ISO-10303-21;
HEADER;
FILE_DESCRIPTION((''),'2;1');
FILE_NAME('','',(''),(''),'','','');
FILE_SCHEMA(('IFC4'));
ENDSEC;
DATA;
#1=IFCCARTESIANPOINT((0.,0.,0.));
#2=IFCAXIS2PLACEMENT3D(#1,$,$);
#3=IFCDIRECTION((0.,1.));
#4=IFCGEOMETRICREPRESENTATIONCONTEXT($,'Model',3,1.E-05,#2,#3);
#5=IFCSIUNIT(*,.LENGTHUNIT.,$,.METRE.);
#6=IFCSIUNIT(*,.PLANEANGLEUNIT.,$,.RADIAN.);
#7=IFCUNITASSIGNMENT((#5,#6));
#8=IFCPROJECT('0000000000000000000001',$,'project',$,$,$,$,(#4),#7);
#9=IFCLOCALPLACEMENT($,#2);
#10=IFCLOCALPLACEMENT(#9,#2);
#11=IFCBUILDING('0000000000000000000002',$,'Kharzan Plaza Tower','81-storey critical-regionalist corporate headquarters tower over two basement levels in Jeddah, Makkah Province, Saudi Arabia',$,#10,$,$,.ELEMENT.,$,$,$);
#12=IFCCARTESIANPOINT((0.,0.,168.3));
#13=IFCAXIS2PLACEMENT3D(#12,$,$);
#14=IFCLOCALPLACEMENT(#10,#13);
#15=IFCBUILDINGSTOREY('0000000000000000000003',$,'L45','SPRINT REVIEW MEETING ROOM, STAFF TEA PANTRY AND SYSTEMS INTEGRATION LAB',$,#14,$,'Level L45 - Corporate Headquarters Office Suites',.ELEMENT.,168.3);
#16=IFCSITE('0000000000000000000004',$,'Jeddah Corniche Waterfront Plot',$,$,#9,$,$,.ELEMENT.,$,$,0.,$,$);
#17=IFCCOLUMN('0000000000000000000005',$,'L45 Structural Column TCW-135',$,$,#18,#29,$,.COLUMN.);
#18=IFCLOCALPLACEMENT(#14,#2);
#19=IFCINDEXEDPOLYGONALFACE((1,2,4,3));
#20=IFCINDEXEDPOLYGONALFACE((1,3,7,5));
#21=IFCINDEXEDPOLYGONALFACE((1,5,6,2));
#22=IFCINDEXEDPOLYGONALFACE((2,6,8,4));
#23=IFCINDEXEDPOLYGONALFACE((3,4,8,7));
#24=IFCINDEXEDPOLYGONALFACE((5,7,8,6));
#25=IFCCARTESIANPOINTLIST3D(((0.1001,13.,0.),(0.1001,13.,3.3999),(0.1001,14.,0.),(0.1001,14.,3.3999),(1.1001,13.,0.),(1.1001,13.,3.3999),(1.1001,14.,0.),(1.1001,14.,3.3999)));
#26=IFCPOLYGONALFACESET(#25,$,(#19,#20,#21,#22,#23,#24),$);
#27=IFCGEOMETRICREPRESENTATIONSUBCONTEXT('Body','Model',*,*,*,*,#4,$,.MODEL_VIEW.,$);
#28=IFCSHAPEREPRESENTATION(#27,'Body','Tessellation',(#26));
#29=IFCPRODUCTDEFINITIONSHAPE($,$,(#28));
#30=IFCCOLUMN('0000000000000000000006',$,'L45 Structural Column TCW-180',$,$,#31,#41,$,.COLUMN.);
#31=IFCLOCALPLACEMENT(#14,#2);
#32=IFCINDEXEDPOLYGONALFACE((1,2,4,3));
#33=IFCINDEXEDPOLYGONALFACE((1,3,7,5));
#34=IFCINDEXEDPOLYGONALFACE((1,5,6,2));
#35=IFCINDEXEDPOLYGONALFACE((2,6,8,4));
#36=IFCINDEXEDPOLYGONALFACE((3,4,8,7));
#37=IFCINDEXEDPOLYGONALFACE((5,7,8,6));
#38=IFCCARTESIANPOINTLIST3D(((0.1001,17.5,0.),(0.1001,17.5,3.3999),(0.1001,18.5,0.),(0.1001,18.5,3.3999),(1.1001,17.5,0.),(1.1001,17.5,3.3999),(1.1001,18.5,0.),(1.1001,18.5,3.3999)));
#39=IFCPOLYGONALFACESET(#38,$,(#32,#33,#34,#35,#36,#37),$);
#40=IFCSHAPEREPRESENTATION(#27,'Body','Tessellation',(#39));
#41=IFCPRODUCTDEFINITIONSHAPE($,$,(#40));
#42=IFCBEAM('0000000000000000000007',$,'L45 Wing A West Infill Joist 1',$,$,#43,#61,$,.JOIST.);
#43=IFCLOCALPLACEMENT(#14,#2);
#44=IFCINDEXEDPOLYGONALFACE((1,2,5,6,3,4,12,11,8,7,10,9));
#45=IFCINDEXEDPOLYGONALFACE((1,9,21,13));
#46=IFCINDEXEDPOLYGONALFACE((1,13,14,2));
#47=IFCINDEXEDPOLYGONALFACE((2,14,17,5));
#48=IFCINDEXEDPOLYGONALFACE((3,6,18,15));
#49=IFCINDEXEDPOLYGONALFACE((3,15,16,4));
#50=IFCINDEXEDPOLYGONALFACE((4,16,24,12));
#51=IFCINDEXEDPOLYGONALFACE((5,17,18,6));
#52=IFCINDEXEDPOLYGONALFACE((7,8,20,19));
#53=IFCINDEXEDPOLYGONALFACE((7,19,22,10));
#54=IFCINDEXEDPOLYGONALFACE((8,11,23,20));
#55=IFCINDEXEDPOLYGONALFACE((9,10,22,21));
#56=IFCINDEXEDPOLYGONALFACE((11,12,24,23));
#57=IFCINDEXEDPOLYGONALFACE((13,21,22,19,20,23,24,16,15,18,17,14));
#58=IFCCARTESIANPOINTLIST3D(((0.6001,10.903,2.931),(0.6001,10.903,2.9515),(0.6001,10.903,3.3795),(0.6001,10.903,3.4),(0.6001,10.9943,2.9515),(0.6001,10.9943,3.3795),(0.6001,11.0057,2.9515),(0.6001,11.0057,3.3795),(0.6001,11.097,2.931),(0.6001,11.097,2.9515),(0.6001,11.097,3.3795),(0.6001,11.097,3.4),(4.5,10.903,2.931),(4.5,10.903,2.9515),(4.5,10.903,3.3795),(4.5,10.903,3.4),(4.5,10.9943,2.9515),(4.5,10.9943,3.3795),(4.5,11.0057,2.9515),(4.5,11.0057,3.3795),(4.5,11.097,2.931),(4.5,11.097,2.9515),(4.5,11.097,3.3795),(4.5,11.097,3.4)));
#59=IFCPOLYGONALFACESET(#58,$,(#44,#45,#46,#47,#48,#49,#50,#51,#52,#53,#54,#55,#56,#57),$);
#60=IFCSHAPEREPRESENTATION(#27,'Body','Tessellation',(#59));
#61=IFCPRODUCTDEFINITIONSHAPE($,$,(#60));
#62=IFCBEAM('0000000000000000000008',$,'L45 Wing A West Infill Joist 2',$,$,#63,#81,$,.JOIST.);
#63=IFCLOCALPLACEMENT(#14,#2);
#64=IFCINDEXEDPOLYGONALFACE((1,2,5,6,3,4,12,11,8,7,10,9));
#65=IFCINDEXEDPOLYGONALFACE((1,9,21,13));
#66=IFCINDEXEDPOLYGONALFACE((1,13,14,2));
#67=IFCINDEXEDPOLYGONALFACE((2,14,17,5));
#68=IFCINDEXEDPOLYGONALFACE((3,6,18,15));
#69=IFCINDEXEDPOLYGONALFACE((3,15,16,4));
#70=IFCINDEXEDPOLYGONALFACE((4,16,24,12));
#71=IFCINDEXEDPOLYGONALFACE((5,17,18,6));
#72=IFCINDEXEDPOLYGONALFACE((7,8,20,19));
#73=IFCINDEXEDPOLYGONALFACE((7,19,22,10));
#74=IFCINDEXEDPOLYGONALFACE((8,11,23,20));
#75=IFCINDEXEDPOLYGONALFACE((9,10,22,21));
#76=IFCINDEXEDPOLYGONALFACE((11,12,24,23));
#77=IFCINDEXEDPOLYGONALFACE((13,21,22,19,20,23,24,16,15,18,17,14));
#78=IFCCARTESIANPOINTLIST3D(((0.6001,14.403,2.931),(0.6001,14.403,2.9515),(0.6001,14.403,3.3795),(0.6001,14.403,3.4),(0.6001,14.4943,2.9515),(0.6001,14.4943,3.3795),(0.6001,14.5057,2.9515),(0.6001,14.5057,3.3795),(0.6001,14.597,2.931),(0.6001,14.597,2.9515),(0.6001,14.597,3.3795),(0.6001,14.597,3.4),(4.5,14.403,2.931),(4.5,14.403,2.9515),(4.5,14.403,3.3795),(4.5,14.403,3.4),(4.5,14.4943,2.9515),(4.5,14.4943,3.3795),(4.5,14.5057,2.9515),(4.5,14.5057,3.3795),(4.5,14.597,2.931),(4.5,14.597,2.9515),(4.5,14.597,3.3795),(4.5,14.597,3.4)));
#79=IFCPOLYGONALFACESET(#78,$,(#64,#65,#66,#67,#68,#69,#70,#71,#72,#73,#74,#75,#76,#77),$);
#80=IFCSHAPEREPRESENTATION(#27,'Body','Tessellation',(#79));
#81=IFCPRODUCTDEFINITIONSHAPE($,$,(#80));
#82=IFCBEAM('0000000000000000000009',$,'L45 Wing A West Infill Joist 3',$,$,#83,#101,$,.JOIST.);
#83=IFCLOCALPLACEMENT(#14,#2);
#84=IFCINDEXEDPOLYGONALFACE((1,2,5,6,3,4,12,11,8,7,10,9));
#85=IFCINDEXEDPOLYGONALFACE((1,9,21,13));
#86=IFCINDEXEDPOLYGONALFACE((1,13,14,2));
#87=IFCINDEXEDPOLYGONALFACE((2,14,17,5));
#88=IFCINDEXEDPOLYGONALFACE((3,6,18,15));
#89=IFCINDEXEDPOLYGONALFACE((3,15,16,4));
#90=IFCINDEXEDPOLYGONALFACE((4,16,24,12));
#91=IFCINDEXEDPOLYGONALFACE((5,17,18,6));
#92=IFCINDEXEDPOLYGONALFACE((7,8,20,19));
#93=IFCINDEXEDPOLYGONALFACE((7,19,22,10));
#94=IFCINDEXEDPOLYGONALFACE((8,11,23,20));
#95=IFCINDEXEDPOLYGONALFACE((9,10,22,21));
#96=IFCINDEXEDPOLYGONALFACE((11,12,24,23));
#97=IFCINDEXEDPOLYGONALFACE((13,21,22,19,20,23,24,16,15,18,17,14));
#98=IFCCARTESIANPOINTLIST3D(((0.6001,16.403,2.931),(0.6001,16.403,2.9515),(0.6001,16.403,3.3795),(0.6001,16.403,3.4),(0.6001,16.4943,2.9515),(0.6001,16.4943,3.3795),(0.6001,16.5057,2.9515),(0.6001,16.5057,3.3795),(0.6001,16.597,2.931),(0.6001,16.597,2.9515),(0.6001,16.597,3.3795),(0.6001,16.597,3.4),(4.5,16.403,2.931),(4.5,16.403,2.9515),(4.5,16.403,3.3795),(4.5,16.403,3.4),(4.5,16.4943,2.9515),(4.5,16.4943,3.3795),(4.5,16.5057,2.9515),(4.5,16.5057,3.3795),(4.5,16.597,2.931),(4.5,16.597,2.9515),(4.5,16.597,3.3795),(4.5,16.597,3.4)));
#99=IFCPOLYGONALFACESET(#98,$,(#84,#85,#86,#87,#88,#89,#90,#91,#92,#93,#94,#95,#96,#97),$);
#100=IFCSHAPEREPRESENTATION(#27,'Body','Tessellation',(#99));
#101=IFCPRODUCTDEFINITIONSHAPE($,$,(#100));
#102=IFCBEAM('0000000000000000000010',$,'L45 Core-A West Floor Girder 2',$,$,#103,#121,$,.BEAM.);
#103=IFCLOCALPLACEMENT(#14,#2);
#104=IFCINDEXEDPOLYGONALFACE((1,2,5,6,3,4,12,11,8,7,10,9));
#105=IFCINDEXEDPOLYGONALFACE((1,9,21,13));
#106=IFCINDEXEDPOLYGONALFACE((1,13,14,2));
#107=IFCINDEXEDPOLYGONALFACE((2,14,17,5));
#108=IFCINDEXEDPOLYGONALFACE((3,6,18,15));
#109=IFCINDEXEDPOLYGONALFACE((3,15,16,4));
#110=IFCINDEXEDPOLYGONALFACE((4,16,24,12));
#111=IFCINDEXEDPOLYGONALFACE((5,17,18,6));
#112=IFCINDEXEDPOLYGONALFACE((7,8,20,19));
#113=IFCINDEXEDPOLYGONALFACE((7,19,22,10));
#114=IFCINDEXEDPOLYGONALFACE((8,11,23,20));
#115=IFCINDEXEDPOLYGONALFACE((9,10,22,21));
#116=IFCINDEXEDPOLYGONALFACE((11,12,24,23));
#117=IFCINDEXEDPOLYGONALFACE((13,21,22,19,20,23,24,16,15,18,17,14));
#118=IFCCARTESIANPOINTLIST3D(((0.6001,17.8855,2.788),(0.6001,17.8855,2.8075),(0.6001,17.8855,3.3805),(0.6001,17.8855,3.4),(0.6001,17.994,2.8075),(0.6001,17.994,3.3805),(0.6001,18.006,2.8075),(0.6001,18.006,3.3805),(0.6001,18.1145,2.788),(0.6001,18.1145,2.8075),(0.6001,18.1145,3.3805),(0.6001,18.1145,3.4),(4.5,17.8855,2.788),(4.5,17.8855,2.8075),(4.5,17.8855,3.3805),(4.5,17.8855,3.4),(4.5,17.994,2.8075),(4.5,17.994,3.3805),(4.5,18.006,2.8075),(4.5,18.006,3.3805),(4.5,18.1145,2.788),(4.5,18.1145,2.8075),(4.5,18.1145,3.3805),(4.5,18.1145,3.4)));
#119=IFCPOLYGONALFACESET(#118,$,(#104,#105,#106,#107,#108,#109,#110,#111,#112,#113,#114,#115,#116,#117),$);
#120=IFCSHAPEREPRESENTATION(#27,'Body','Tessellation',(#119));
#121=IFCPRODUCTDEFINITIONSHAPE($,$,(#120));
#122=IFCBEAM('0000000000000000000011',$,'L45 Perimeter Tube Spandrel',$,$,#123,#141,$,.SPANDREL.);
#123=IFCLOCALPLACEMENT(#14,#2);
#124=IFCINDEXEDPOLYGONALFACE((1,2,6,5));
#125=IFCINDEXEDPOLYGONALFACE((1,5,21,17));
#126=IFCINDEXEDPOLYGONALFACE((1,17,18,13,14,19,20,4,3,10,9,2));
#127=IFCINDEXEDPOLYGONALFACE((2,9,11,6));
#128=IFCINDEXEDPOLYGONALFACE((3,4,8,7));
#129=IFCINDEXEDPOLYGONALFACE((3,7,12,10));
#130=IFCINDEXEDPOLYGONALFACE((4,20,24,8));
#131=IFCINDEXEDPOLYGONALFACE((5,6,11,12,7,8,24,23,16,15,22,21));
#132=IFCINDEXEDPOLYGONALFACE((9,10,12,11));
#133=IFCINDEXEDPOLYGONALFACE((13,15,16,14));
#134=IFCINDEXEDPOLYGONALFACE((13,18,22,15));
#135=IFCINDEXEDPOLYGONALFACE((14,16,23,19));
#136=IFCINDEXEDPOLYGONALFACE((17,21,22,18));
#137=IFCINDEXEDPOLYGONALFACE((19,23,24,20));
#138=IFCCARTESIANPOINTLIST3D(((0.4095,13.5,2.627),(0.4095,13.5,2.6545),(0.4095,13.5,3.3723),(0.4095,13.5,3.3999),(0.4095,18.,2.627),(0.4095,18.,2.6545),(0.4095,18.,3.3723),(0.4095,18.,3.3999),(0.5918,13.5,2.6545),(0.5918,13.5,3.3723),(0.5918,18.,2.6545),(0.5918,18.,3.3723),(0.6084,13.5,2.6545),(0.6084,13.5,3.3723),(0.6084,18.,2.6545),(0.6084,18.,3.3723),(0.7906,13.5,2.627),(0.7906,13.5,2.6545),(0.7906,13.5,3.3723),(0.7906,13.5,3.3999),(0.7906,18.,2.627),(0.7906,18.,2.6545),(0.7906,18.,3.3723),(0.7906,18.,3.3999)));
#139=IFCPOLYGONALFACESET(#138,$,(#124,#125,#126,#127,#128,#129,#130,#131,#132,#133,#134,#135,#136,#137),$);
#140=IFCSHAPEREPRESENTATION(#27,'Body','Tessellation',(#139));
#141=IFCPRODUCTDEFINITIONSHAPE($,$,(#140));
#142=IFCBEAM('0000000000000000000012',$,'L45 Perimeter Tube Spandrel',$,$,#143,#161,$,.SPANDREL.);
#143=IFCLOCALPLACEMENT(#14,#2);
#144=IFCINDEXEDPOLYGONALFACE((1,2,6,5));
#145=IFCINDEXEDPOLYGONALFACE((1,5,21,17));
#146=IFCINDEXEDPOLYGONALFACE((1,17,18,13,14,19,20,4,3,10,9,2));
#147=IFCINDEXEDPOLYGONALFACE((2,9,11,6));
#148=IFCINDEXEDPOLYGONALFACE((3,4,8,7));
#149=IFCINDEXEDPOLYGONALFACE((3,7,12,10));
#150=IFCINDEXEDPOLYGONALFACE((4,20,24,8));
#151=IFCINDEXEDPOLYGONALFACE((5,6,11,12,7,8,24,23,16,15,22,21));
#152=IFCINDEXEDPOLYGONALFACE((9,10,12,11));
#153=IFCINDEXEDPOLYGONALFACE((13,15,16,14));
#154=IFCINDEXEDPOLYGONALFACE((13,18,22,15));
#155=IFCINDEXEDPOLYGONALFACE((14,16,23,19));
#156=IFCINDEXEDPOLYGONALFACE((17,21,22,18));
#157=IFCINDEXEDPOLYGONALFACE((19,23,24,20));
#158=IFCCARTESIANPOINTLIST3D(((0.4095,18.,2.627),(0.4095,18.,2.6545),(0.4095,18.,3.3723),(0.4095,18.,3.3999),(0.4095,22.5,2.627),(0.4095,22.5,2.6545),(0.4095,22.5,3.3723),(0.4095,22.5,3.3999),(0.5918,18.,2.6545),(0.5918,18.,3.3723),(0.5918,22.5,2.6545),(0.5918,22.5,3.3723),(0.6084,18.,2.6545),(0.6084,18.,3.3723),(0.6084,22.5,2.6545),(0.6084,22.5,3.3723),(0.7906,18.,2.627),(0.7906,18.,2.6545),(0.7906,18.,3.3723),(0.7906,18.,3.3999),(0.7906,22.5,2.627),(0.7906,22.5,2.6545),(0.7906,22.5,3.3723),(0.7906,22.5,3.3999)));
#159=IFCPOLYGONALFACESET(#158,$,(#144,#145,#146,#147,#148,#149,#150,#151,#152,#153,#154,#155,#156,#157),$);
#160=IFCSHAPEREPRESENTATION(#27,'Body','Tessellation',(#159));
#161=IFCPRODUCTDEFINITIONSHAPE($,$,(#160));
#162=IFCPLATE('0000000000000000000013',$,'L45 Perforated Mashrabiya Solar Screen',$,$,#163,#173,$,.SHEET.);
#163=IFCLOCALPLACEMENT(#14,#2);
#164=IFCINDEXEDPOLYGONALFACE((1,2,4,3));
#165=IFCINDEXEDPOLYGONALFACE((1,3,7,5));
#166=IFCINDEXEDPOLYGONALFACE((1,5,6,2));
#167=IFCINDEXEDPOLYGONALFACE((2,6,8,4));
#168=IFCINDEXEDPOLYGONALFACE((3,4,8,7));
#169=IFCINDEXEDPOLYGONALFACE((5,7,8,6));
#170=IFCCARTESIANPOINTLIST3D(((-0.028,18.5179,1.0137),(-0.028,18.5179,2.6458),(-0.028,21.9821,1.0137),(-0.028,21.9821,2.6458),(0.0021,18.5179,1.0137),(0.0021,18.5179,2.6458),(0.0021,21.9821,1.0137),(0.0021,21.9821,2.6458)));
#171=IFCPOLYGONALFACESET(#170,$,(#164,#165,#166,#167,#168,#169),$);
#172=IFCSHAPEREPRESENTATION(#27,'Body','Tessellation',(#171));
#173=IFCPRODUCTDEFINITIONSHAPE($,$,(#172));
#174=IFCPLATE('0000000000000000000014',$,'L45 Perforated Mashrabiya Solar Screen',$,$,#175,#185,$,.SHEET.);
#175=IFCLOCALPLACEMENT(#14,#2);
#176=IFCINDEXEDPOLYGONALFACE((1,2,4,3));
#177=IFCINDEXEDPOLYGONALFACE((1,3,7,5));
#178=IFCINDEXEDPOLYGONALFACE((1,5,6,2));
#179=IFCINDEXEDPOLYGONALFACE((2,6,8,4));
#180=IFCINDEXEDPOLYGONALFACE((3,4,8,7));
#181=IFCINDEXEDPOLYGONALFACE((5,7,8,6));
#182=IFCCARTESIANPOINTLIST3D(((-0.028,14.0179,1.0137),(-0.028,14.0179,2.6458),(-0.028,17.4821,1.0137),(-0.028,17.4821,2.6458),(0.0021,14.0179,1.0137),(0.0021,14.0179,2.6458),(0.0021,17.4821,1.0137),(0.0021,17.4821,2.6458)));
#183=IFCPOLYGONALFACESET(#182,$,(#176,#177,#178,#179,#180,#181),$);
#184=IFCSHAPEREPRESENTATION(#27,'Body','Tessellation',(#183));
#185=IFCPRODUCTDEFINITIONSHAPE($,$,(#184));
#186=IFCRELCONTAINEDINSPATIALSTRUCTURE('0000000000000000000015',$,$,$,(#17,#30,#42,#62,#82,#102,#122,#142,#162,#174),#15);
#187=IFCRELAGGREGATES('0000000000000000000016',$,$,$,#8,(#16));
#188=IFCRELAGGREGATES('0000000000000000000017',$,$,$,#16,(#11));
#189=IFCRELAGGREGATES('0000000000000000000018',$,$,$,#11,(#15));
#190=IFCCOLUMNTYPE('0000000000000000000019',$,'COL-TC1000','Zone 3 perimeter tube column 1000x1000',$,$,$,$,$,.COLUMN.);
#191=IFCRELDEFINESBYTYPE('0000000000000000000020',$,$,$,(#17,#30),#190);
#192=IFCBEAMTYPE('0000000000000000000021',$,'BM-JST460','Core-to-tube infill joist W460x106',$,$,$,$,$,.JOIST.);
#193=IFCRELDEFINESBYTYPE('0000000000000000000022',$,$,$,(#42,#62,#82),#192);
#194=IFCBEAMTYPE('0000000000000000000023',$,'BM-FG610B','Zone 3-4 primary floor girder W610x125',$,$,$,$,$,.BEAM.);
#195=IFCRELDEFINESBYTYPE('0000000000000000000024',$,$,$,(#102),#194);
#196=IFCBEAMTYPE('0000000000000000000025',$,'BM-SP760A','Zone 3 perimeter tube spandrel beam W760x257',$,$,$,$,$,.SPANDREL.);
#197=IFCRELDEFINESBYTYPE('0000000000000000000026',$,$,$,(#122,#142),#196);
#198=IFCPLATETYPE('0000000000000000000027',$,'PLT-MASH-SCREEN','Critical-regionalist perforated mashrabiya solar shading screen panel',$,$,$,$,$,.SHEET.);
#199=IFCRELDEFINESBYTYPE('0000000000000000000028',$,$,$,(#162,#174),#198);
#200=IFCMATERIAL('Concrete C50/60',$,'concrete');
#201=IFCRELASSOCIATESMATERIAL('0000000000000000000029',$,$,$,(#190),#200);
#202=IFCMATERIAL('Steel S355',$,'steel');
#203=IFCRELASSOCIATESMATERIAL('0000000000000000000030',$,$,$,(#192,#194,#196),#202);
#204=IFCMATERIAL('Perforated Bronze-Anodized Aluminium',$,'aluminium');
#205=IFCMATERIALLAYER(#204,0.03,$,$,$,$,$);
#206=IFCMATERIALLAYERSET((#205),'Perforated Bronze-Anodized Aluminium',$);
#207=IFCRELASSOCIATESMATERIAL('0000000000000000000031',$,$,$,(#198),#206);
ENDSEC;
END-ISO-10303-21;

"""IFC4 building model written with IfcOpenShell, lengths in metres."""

from ifc_helpers import new_model, si_unit, direction, frame, origin, origin_2d, place, context, subcontext, project, spatial, rectangle, i_section, extrude, source, transform, mapped, material, layer, layer_set, material_profile, profile_set, type_object, element, save


model = new_model("IFC4")

# Units and contexts
model_context = context("Model", 3, precision=1e-05, world=origin(), true_north=direction((0.0, 1.0)))
body_context = subcontext(model_context, "Body", "Model", "MODEL_VIEW")
ifc_project = project(units=[si_unit("LENGTHUNIT", "METRE"), si_unit("PLANEANGLEUNIT", "RADIAN")], contexts=[model_context])

# Site, building, storey
site_placement = place(None, origin())
site = spatial("IfcSite", under=ifc_project, at=site_placement, Name="Jeddah Corniche Waterfront Plot", CompositionType="ELEMENT", RefElevation=0.0)
building_placement = place(site_placement, origin())
building = spatial("IfcBuilding", under=site, at=building_placement, Name="Kharzan Plaza Tower", Description="81-storey critical-regionalist corporate headquarters tower over two basement levels in Jeddah, Makkah Province, Saudi Arabia", CompositionType="ELEMENT")
storey_placement = place(building_placement, frame((0.0, 0.0, 168.3)))
storey = spatial("IfcBuildingStorey", under=building, at=storey_placement, Name="L45", Description="SPRINT REVIEW MEETING ROOM, STAFF TEA PANTRY AND SYSTEMS INTEGRATION LAB", LongName="Level L45 - Corporate Headquarters Office Suites", CompositionType="ELEMENT", Elevation=168.3)

# Columns
ifc_material_1 = material(Name="Concrete C50/60", Category="concrete")
ifc_material_profile_1 = material_profile(ifc_material_1, rectangle(XDim=1.0, YDim=1.0, at=origin_2d()), Name="RC-TC1000x1000")
ifc_profile_set_1 = profile_set([ifc_material_profile_1], Name="Concrete C50/60")
column_type = type_object("IfcColumnType", Name="COL-TC1000", Description="Zone 3 perimeter tube column 1000x1000", PredefinedType="COLUMN", material=ifc_profile_set_1)
shared_shape_1 = source(origin(), body_context, "Body", "SweptSolid", [
    extrude(rectangle(XDim=1.0, YDim=1.0, at=origin_2d()), origin(), (0.0, 0.0, 1.0), 3.3999),
])
for number, where, z_axis, x_axis, name in (
    (1, (0.6001, 13.5, 0.0), (0.0, 0.0, 1.0), (1.0, 0.0, 0.0), "L45 Structural Column TCW-135"),
    (2, (0.6001, 18.0, 0.0), (0.0, 0.0, 1.0), (1.0, 0.0, 0.0), "L45 Structural Column TCW-180"),
):
    element("IfcColumn", number, at=place(storey_placement, frame(where, z_axis=z_axis, x_axis=x_axis)), inside=storey, type_object=column_type, Name=name, PredefinedType="COLUMN", context=body_context, shape_type="MappedRepresentation", body=[
        mapped(shared_shape_1, transform((0.0, 0.0, 0.0), x_axis=(1.0, 0.0, 0.0), y_axis=(0.0, 1.0, 0.0), z_axis=(0.0, 0.0, 1.0))),
    ])

# Beams
ifc_material_2 = material(Name="Steel S355", Category="steel")
ifc_material_profile_2 = material_profile(ifc_material_2, i_section(OverallWidth=0.1941, OverallDepth=0.469, WebThickness=0.0115, FlangeThickness=0.0205, at=origin_2d()), Name="W460x106")
ifc_profile_set_2 = profile_set([ifc_material_profile_2], Name="Steel S355")
beam_type_1 = type_object("IfcBeamType", Name="BM-JST460", Description="Core-to-tube infill joist W460x106", PredefinedType="JOIST", material=ifc_profile_set_2)
shared_shape_2 = source(origin(), body_context, "Body", "SweptSolid", [
    extrude(i_section(OverallWidth=0.1941, OverallDepth=0.469, WebThickness=0.0115, FlangeThickness=0.0205, at=origin_2d()), origin(), (0.0, 0.0, 1.0), 3.8999),
])
for number, where, z_axis, x_axis, name in (
    (3, (0.6001, 11.0, 3.1655), (1.0, 0.0, 0.0), (0.0, 1.0, 0.0), "L45 Wing A West Infill Joist 1"),
    (4, (0.6001, 14.5, 3.1655), (1.0, 0.0, 0.0), (0.0, 1.0, 0.0), "L45 Wing A West Infill Joist 2"),
    (5, (0.6001, 16.5, 3.1655), (1.0, 0.0, 0.0), (0.0, 1.0, 0.0), "L45 Wing A West Infill Joist 3"),
):
    element("IfcBeam", number, at=place(storey_placement, frame(where, z_axis=z_axis, x_axis=x_axis)), inside=storey, type_object=beam_type_1, Name=name, PredefinedType="JOIST", context=body_context, shape_type="MappedRepresentation", body=[
        mapped(shared_shape_2, transform((0.0, 0.0, 0.0), x_axis=(1.0, 0.0, 0.0), y_axis=(0.0, 1.0, 0.0), z_axis=(0.0, 0.0, 1.0))),
    ])
ifc_material_profile_3 = material_profile(ifc_material_2, i_section(OverallWidth=0.229, OverallDepth=0.6121, WebThickness=0.012, FlangeThickness=0.0195, at=origin_2d()), Name="W610x125")
ifc_profile_set_3 = profile_set([ifc_material_profile_3], Name="Steel S355")
beam_type_2 = type_object("IfcBeamType", Name="BM-FG610B", Description="Zone 3-4 primary floor girder W610x125", PredefinedType="BEAM", material=ifc_profile_set_3)
shared_shape_3 = source(origin(), body_context, "Body", "SweptSolid", [
    extrude(i_section(OverallWidth=0.229, OverallDepth=0.6121, WebThickness=0.012, FlangeThickness=0.0195, at=origin_2d()), origin(), (0.0, 0.0, 1.0), 3.8999),
])
beam_placement = place(storey_placement, frame((0.6001, 18.0, 3.094), z_axis=(1.0, 0.0, 0.0), x_axis=(0.0, 1.0, 0.0)))
element("IfcBeam", 6, at=beam_placement, inside=storey, type_object=beam_type_2, Name="L45 Core-A West Floor Girder 2", PredefinedType="BEAM", context=body_context, shape_type="MappedRepresentation", body=[
    mapped(shared_shape_3, transform((0.0, 0.0, 0.0), x_axis=(1.0, 0.0, 0.0), y_axis=(0.0, 1.0, 0.0), z_axis=(0.0, 0.0, 1.0))),
])
ifc_material_profile_4 = material_profile(ifc_material_2, i_section(OverallWidth=0.3811, OverallDepth=0.7729, WebThickness=0.0166, FlangeThickness=0.0276, at=origin_2d()), Name="W760x257")
ifc_profile_set_4 = profile_set([ifc_material_profile_4], Name="Steel S355")
beam_type_3 = type_object("IfcBeamType", Name="BM-SP760A", Description="Zone 3 perimeter tube spandrel beam W760x257", PredefinedType="SPANDREL", material=ifc_profile_set_4)
shared_shape_4 = source(origin(), body_context, "Body", "SweptSolid", [
    extrude(i_section(OverallWidth=0.3811, OverallDepth=0.7729, WebThickness=0.0166, FlangeThickness=0.0276, at=origin_2d()), origin(), (0.0, 0.0, 1.0), 4.5),
])
for number, where, z_axis, x_axis, name in (
    (7, (0.6001, 13.5, 3.0134), (0.0, 1.0, 0.0), (-1.0, 0.0, 0.0), "L45 Perimeter Tube Spandrel"),
    (8, (0.6001, 18.0, 3.0134), (0.0, 1.0, 0.0), (-1.0, 0.0, 0.0), "L45 Perimeter Tube Spandrel"),
):
    element("IfcBeam", number, at=place(storey_placement, frame(where, z_axis=z_axis, x_axis=x_axis)), inside=storey, type_object=beam_type_3, Name=name, PredefinedType="SPANDREL", context=body_context, shape_type="MappedRepresentation", body=[
        mapped(shared_shape_4, transform((0.0, 0.0, 0.0), x_axis=(1.0, 0.0, 0.0), y_axis=(0.0, 1.0, 0.0), z_axis=(0.0, 0.0, 1.0))),
    ])

# Plates
ifc_material_3 = material(Name="Perforated Bronze-Anodized Aluminium", Category="aluminium")
ifc_layer_1 = layer(ifc_material_3, 0.03)
ifc_layer_set_1 = layer_set([ifc_layer_1], Name="Perforated Bronze-Anodized Aluminium")
plate_type = type_object("IfcPlateType", Name="PLT-MASH-SCREEN", Description="Critical-regionalist perforated mashrabiya solar shading screen panel", PredefinedType="SHEET", material=ifc_layer_set_1)
shared_shape_5 = source(origin(), body_context, "Body", "SweptSolid", [
    extrude(rectangle(XDim=3.4641, YDim=0.03, at=origin_2d()), origin(), (0.0, 0.0, 1.0), 1.6321),
])
for number, where, z_axis, x_axis, name in (
    (9, (-0.0129, 20.25, 1.0137), (0.0, 0.0, 1.0), (0.0, -1.0, 0.0), "L45 Perforated Mashrabiya Solar Screen"),
    (10, (-0.0129, 15.75, 1.0137), (0.0, 0.0, 1.0), (0.0, -1.0, 0.0), "L45 Perforated Mashrabiya Solar Screen"),
):
    element("IfcPlate", number, at=place(storey_placement, frame(where, z_axis=z_axis, x_axis=x_axis)), inside=storey, type_object=plate_type, Name=name, PredefinedType="SHEET", context=body_context, shape_type="MappedRepresentation", body=[
        mapped(shared_shape_5, transform((0.0, 0.0, 0.0), x_axis=(1.0, 0.0, 0.0), y_axis=(0.0, 1.0, 0.0), z_axis=(0.0, 0.0, 1.0))),
    ])

save(model, "model.ifc")
